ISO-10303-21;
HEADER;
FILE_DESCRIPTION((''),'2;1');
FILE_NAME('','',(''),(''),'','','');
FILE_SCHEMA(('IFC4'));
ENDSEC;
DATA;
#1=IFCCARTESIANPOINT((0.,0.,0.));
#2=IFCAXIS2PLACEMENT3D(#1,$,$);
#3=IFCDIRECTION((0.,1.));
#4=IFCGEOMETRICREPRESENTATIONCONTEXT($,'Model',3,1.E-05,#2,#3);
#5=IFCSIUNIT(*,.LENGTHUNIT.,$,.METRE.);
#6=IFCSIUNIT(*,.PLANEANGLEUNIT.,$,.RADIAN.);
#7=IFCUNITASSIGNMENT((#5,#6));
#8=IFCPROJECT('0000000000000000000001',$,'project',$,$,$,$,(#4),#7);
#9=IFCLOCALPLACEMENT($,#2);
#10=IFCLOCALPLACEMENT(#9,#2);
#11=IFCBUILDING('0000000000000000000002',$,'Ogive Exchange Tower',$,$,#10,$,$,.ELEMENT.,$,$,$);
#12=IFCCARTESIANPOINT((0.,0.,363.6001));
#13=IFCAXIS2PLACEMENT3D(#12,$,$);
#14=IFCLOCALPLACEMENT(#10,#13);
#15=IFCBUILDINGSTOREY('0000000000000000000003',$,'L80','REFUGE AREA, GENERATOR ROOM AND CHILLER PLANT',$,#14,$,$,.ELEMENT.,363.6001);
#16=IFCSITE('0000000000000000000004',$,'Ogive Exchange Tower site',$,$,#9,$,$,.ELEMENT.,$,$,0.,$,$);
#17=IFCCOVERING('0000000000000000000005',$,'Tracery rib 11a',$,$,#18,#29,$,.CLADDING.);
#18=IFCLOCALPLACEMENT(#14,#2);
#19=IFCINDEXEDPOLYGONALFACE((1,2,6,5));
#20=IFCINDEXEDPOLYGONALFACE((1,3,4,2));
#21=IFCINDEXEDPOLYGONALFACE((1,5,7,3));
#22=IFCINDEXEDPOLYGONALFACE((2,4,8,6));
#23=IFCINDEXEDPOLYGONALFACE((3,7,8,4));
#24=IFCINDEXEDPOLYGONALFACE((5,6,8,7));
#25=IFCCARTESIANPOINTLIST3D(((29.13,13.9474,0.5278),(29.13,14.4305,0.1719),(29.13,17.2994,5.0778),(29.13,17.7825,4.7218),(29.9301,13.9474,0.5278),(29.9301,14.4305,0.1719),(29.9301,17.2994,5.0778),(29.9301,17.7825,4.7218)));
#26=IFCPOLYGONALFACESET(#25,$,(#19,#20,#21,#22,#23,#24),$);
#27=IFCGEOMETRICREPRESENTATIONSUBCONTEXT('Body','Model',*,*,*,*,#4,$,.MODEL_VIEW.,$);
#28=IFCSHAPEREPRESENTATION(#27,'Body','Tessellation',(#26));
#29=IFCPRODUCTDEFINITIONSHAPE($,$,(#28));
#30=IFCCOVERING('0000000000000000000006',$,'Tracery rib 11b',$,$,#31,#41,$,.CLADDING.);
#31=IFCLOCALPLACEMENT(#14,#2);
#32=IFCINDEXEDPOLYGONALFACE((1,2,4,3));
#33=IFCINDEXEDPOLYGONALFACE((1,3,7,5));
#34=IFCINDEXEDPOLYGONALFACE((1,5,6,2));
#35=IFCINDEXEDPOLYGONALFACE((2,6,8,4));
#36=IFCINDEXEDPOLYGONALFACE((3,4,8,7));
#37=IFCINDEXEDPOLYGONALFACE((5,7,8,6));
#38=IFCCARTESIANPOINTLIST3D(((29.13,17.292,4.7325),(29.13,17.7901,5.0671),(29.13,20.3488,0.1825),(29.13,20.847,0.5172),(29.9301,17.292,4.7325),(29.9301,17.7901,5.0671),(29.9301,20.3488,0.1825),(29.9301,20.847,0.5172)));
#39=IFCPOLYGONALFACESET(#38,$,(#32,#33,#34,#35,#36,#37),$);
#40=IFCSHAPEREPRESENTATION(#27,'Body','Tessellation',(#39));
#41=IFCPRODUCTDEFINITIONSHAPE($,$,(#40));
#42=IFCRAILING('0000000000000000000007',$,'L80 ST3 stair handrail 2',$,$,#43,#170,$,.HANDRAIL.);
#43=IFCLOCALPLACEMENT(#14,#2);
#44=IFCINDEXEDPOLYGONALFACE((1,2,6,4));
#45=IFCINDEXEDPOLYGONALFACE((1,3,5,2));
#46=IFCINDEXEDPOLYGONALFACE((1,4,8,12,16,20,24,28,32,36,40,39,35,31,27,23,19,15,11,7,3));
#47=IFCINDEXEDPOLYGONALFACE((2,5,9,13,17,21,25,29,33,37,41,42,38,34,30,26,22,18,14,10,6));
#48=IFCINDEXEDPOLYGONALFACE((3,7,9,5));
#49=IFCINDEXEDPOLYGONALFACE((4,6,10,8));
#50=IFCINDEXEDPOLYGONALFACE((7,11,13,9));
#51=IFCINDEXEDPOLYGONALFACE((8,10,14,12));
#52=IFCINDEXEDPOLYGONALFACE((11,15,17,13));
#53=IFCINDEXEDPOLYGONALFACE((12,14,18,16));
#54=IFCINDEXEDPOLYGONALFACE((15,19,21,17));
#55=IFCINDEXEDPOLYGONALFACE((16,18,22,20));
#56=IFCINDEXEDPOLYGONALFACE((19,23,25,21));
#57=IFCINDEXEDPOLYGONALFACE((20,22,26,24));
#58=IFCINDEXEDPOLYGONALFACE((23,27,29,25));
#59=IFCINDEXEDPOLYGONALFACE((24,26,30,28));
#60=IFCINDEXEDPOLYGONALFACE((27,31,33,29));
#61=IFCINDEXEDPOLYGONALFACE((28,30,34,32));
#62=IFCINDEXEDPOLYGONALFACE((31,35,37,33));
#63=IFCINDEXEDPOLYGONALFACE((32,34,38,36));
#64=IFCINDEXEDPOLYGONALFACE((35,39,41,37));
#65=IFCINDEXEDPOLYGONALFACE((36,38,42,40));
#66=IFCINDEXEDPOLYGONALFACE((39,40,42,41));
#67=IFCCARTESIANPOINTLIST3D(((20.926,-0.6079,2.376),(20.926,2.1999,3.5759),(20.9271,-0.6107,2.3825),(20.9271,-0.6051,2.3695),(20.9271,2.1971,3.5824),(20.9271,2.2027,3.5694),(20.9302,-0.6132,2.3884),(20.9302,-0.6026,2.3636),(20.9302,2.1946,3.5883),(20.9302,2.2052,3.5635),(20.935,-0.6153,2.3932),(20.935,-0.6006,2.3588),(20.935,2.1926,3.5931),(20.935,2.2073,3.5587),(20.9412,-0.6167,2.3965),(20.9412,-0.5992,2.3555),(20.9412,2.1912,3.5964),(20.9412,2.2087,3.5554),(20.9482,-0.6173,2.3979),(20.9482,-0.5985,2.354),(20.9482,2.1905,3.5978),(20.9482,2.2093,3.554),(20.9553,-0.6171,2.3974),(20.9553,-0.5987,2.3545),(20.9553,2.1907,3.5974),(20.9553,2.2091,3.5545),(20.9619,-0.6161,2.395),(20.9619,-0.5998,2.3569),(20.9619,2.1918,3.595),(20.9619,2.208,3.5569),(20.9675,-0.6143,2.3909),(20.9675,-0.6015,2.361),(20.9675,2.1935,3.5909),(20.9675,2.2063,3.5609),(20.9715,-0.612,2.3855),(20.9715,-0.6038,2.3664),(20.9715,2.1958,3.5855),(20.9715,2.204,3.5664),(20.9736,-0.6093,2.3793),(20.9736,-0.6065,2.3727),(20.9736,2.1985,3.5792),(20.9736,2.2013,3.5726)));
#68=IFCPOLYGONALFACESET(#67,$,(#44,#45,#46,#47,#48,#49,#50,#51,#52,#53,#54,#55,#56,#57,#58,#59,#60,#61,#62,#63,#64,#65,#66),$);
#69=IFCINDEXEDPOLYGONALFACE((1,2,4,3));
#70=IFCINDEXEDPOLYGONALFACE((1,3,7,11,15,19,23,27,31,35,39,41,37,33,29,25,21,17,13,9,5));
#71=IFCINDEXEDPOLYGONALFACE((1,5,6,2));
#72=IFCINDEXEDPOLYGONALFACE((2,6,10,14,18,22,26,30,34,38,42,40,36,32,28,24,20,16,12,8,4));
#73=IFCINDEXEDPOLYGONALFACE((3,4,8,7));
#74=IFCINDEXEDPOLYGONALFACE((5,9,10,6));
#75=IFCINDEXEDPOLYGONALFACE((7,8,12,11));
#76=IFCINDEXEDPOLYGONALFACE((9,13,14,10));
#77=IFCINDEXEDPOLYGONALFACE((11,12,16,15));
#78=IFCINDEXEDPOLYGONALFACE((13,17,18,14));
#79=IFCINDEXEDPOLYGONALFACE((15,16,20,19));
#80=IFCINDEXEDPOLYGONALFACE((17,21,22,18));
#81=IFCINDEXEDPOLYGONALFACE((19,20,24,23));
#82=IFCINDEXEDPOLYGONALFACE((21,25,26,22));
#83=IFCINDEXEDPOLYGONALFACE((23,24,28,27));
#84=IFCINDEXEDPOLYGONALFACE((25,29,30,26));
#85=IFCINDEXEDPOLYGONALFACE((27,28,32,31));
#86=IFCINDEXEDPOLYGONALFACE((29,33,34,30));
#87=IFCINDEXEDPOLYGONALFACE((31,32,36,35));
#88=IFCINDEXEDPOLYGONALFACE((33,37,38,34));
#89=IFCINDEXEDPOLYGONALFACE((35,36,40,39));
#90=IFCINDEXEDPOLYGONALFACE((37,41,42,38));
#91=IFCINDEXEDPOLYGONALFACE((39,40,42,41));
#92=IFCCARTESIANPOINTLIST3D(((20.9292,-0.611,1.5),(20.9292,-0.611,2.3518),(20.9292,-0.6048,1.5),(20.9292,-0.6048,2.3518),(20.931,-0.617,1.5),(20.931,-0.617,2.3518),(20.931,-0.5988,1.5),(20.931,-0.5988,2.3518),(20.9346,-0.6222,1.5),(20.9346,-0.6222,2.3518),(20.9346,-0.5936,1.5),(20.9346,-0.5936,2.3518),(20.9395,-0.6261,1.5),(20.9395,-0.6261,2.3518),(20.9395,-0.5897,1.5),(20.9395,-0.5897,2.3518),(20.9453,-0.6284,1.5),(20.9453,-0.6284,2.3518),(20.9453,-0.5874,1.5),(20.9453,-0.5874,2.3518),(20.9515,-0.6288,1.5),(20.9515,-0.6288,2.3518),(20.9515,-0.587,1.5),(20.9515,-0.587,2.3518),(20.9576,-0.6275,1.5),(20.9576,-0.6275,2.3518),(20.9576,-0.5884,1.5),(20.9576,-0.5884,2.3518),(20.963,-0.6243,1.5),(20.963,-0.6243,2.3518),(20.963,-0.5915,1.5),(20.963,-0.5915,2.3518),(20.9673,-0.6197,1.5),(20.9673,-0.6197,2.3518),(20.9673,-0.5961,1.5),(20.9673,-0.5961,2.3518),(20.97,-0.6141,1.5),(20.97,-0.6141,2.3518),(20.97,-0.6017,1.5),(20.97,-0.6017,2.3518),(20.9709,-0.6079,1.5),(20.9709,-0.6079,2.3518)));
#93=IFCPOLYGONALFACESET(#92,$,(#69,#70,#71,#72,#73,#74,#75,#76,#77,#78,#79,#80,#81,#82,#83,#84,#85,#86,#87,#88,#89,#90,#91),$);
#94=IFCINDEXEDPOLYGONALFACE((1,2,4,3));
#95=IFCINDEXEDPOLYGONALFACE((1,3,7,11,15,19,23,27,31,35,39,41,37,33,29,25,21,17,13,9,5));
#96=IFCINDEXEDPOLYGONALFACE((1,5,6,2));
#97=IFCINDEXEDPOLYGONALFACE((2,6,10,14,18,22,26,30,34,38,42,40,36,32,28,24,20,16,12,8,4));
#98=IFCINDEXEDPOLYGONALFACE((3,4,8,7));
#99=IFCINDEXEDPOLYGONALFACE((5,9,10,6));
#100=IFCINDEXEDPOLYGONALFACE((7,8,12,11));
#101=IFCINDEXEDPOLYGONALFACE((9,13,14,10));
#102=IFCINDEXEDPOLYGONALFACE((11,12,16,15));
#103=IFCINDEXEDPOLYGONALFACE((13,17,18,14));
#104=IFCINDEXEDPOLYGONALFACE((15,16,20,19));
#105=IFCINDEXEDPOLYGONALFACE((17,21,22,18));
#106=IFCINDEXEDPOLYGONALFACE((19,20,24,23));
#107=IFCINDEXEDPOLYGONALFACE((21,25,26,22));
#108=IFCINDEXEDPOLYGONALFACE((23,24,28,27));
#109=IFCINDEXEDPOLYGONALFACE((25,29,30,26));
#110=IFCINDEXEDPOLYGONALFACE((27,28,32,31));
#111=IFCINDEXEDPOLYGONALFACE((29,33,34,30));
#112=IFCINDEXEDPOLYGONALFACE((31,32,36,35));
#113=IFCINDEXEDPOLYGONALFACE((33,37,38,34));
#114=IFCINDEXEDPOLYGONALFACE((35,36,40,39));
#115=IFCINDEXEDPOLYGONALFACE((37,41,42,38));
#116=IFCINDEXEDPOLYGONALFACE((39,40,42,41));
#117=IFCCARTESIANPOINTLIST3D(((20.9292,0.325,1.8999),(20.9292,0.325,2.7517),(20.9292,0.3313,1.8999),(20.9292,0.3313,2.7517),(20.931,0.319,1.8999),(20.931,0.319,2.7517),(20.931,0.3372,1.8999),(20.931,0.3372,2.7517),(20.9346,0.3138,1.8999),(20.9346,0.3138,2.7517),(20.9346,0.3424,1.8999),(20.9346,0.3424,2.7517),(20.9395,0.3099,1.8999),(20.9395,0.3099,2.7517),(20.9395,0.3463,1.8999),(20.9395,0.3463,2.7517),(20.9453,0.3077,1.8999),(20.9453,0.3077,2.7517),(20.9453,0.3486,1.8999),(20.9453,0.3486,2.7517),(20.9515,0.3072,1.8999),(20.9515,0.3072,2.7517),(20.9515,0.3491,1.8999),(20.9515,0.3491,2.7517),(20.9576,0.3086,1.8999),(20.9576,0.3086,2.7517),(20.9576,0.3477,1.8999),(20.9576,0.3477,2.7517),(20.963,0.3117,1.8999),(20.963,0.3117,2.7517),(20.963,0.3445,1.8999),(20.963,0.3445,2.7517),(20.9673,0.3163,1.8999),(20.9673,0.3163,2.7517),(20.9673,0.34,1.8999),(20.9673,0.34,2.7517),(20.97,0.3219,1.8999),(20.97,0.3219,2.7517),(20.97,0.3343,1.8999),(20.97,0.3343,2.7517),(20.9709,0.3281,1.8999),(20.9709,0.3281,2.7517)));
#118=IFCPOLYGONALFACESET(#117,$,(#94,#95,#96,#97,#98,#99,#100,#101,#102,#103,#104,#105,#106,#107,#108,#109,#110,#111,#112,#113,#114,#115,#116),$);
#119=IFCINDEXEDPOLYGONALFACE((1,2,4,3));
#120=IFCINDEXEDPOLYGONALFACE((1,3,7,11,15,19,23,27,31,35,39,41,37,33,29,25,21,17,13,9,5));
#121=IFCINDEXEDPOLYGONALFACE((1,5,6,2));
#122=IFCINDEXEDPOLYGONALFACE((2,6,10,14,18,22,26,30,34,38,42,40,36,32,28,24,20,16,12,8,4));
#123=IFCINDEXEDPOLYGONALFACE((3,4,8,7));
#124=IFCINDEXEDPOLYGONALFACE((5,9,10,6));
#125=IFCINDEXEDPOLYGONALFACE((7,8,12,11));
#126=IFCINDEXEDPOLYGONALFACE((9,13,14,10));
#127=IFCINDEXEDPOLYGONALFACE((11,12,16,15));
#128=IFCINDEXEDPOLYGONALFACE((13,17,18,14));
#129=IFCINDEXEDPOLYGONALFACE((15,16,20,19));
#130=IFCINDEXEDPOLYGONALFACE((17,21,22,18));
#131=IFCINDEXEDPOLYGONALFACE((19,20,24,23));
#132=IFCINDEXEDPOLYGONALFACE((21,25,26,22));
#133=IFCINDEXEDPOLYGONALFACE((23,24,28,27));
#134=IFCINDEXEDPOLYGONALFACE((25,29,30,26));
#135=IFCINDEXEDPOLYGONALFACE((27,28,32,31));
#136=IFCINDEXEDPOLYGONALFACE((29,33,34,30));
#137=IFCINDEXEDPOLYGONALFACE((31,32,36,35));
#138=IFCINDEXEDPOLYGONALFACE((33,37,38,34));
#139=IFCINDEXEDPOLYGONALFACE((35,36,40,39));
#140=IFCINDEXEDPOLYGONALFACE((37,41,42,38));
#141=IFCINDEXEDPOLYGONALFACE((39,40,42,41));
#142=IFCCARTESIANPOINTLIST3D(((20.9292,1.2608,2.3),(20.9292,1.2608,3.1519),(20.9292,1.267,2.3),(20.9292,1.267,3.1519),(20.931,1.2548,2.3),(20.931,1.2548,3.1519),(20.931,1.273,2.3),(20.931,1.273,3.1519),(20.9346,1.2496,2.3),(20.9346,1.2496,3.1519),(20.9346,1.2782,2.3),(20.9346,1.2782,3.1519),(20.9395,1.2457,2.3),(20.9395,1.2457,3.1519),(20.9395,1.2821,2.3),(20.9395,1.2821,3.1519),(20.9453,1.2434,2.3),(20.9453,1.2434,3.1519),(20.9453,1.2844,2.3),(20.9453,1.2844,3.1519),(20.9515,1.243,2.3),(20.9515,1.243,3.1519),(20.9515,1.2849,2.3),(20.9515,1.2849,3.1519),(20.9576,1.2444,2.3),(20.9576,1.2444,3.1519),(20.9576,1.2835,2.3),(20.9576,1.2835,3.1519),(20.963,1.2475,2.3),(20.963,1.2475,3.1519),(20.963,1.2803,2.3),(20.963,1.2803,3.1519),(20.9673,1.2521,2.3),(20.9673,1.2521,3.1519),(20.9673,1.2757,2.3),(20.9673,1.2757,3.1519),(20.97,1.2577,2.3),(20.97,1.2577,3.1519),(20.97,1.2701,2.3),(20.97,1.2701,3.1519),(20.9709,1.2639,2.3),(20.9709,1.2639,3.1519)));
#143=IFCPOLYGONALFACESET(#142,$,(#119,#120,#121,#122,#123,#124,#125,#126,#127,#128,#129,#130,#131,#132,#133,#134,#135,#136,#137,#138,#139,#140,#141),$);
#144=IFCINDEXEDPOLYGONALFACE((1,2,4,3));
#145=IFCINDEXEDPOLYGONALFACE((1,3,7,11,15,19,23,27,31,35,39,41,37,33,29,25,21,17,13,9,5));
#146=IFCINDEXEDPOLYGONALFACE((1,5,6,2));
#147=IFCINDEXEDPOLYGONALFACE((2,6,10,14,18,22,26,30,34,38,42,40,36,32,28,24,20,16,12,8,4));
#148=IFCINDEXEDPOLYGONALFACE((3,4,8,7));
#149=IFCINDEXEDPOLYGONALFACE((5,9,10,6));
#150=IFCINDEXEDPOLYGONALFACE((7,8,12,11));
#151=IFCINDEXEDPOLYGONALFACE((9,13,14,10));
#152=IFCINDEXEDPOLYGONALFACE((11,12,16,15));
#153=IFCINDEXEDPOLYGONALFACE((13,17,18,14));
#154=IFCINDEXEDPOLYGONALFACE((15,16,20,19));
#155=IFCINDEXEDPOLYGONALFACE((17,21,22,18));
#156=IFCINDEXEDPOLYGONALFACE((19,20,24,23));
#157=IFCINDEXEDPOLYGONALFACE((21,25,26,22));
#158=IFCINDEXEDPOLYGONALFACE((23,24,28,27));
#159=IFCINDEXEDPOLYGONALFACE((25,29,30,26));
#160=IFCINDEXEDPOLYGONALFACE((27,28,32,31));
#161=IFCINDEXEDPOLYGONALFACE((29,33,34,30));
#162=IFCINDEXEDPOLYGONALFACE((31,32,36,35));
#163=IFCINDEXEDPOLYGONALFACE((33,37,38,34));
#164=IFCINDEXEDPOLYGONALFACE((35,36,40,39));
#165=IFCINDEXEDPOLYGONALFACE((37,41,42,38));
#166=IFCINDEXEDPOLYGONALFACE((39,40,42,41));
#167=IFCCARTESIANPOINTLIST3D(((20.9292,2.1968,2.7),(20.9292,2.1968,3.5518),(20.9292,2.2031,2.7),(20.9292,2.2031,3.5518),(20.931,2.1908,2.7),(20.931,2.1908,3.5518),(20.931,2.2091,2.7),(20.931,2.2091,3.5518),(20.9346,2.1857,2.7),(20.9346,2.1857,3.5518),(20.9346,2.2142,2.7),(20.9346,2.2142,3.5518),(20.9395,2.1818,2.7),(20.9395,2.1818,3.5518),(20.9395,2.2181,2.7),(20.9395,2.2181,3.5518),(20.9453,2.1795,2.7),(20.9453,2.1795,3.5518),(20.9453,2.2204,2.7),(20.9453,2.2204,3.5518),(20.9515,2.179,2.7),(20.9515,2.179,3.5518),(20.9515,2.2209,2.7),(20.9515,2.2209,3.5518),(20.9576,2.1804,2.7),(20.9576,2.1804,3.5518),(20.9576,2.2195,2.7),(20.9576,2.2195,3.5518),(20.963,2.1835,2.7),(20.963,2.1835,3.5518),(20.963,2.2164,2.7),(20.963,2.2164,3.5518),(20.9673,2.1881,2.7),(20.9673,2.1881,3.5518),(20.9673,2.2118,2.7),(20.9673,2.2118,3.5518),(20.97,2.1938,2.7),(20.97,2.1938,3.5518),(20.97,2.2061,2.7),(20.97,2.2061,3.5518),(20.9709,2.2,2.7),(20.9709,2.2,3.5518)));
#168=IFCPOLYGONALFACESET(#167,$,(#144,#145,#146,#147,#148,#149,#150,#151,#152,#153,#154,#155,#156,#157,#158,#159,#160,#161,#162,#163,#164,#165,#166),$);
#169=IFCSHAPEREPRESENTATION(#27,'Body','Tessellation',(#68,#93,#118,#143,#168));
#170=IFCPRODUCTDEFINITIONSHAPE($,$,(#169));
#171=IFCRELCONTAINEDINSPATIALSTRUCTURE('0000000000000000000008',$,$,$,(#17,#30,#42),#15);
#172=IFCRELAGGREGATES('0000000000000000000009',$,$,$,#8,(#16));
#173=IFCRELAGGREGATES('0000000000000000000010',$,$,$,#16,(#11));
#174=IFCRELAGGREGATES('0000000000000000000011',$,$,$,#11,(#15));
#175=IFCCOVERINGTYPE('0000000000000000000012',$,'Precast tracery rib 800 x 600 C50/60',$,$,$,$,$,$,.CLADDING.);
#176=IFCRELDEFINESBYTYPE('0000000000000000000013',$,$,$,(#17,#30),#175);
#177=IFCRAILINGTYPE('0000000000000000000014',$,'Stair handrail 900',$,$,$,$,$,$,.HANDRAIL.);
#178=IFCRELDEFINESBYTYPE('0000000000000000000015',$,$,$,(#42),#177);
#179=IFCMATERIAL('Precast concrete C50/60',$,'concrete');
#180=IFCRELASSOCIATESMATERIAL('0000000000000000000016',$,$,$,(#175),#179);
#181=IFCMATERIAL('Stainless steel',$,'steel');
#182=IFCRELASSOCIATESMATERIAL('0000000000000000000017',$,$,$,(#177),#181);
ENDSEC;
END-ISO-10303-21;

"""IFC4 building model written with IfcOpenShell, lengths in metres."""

from ifc_helpers import new_model, si_unit, direction, frame, origin, origin_2d, place, context, subcontext, project, spatial, rectangle, circle, extrude, material, material_profile, profile_set, type_object, element, save


model = new_model("IFC4")

# Units and contexts
model_context = context("Model", 3, precision=1e-05, world=origin(), true_north=direction((0.0, 1.0)))
body_context = subcontext(model_context, "Body", "Model", "MODEL_VIEW")
ifc_project = project(units=[si_unit("LENGTHUNIT", "METRE"), si_unit("PLANEANGLEUNIT", "RADIAN")], contexts=[model_context])

# Site, building, storey
site_placement = place(None, origin())
site = spatial("IfcSite", under=ifc_project, at=site_placement, Name="Ogive Exchange Tower site", CompositionType="ELEMENT", RefElevation=0.0)
building_placement = place(site_placement, origin())
building = spatial("IfcBuilding", under=site, at=building_placement, Name="Ogive Exchange Tower", CompositionType="ELEMENT")
storey_placement = place(building_placement, frame((0.0, 0.0, 363.6001)))
storey = spatial("IfcBuildingStorey", under=building, at=storey_placement, Name="L80", Description="REFUGE AREA, GENERATOR ROOM AND CHILLER PLANT", CompositionType="ELEMENT", Elevation=363.6001)

# Coverings
ifc_material_1 = material(Name="Precast concrete C50/60", Category="concrete")
ifc_material_profile_1 = material_profile(ifc_material_1, rectangle(XDim=0.8, YDim=0.6001, at=origin_2d()), Name="RIB 800 x 600")
ifc_profile_set_1 = profile_set([ifc_material_profile_1], Name="Precast concrete C50/60")
covering_type = type_object("IfcCoveringType", Name="Precast tracery rib 800 x 600 C50/60", PredefinedType="CLADDING", material=ifc_profile_set_1)
covering_1_placement = place(storey_placement, frame((29.53, 14.189, 0.3499), z_axis=(0.0, 0.593128, 0.805108), x_axis=(-1.0, 0.0, 0.0)))
element("IfcCovering", 1, at=covering_1_placement, inside=storey, type_object=covering_type, Name="Tracery rib 11a", PredefinedType="CLADDING", context=body_context, shape_type="SweptSolid", body=[
    extrude(rectangle(XDim=0.8, YDim=0.6001, at=origin_2d()), origin(), (0.0, 0.0, 1.0), 5.6514),
])
covering_2_placement = place(storey_placement, frame((29.53, 20.5979, 0.3499), z_axis=(0.0, -0.557667, 0.830065), x_axis=(1.0, 0.0, 0.0)))
element("IfcCovering", 2, at=covering_2_placement, inside=storey, type_object=covering_type, Name="Tracery rib 11b", PredefinedType="CLADDING", context=body_context, shape_type="SweptSolid", body=[
    extrude(rectangle(XDim=0.8, YDim=0.6001, at=origin_2d()), origin(), (0.0, 0.0, 1.0), 5.4814),
])

# Railing
ifc_material_2 = material(Name="Stainless steel", Category="steel")
railing_type = type_object("IfcRailingType", Name="Stair handrail 900", PredefinedType="HANDRAIL", material=ifc_material_2)
for number, where, name in (
    (3, (20.95, -0.6079, 1.5), "L80 ST3 stair handrail 2"),
):
    element("IfcRailing", number, at=place(storey_placement, frame(where)), inside=storey, type_object=railing_type, Name=name, PredefinedType="HANDRAIL", context=body_context, shape_type="SweptSolid", body=[
        extrude(circle(Radius=0.0239, at=origin_2d()), frame((0.0, 0.0, 0.876), z_axis=(0.0, 0.91955, 0.392973), x_axis=(-1.0, 0.0, 0.0)), (0.0, 0.0, 1.0), 3.0535),
        extrude(circle(Radius=0.021, at=origin_2d()), origin(), (0.0, 0.0, 1.0), 0.8518),
        extrude(circle(Radius=0.021, at=origin_2d()), frame((0.0, 0.936, 0.3999)), (0.0, 0.0, 1.0), 0.8518),
        extrude(circle(Radius=0.021, at=origin_2d()), frame((0.0, 1.8718, 0.8)), (0.0, 0.0, 1.0), 0.8518),
        extrude(circle(Radius=0.021, at=origin_2d()), frame((0.0, 2.8079, 1.2)), (0.0, 0.0, 1.0), 0.8518),
    ])

save(model, "model.ifc")
